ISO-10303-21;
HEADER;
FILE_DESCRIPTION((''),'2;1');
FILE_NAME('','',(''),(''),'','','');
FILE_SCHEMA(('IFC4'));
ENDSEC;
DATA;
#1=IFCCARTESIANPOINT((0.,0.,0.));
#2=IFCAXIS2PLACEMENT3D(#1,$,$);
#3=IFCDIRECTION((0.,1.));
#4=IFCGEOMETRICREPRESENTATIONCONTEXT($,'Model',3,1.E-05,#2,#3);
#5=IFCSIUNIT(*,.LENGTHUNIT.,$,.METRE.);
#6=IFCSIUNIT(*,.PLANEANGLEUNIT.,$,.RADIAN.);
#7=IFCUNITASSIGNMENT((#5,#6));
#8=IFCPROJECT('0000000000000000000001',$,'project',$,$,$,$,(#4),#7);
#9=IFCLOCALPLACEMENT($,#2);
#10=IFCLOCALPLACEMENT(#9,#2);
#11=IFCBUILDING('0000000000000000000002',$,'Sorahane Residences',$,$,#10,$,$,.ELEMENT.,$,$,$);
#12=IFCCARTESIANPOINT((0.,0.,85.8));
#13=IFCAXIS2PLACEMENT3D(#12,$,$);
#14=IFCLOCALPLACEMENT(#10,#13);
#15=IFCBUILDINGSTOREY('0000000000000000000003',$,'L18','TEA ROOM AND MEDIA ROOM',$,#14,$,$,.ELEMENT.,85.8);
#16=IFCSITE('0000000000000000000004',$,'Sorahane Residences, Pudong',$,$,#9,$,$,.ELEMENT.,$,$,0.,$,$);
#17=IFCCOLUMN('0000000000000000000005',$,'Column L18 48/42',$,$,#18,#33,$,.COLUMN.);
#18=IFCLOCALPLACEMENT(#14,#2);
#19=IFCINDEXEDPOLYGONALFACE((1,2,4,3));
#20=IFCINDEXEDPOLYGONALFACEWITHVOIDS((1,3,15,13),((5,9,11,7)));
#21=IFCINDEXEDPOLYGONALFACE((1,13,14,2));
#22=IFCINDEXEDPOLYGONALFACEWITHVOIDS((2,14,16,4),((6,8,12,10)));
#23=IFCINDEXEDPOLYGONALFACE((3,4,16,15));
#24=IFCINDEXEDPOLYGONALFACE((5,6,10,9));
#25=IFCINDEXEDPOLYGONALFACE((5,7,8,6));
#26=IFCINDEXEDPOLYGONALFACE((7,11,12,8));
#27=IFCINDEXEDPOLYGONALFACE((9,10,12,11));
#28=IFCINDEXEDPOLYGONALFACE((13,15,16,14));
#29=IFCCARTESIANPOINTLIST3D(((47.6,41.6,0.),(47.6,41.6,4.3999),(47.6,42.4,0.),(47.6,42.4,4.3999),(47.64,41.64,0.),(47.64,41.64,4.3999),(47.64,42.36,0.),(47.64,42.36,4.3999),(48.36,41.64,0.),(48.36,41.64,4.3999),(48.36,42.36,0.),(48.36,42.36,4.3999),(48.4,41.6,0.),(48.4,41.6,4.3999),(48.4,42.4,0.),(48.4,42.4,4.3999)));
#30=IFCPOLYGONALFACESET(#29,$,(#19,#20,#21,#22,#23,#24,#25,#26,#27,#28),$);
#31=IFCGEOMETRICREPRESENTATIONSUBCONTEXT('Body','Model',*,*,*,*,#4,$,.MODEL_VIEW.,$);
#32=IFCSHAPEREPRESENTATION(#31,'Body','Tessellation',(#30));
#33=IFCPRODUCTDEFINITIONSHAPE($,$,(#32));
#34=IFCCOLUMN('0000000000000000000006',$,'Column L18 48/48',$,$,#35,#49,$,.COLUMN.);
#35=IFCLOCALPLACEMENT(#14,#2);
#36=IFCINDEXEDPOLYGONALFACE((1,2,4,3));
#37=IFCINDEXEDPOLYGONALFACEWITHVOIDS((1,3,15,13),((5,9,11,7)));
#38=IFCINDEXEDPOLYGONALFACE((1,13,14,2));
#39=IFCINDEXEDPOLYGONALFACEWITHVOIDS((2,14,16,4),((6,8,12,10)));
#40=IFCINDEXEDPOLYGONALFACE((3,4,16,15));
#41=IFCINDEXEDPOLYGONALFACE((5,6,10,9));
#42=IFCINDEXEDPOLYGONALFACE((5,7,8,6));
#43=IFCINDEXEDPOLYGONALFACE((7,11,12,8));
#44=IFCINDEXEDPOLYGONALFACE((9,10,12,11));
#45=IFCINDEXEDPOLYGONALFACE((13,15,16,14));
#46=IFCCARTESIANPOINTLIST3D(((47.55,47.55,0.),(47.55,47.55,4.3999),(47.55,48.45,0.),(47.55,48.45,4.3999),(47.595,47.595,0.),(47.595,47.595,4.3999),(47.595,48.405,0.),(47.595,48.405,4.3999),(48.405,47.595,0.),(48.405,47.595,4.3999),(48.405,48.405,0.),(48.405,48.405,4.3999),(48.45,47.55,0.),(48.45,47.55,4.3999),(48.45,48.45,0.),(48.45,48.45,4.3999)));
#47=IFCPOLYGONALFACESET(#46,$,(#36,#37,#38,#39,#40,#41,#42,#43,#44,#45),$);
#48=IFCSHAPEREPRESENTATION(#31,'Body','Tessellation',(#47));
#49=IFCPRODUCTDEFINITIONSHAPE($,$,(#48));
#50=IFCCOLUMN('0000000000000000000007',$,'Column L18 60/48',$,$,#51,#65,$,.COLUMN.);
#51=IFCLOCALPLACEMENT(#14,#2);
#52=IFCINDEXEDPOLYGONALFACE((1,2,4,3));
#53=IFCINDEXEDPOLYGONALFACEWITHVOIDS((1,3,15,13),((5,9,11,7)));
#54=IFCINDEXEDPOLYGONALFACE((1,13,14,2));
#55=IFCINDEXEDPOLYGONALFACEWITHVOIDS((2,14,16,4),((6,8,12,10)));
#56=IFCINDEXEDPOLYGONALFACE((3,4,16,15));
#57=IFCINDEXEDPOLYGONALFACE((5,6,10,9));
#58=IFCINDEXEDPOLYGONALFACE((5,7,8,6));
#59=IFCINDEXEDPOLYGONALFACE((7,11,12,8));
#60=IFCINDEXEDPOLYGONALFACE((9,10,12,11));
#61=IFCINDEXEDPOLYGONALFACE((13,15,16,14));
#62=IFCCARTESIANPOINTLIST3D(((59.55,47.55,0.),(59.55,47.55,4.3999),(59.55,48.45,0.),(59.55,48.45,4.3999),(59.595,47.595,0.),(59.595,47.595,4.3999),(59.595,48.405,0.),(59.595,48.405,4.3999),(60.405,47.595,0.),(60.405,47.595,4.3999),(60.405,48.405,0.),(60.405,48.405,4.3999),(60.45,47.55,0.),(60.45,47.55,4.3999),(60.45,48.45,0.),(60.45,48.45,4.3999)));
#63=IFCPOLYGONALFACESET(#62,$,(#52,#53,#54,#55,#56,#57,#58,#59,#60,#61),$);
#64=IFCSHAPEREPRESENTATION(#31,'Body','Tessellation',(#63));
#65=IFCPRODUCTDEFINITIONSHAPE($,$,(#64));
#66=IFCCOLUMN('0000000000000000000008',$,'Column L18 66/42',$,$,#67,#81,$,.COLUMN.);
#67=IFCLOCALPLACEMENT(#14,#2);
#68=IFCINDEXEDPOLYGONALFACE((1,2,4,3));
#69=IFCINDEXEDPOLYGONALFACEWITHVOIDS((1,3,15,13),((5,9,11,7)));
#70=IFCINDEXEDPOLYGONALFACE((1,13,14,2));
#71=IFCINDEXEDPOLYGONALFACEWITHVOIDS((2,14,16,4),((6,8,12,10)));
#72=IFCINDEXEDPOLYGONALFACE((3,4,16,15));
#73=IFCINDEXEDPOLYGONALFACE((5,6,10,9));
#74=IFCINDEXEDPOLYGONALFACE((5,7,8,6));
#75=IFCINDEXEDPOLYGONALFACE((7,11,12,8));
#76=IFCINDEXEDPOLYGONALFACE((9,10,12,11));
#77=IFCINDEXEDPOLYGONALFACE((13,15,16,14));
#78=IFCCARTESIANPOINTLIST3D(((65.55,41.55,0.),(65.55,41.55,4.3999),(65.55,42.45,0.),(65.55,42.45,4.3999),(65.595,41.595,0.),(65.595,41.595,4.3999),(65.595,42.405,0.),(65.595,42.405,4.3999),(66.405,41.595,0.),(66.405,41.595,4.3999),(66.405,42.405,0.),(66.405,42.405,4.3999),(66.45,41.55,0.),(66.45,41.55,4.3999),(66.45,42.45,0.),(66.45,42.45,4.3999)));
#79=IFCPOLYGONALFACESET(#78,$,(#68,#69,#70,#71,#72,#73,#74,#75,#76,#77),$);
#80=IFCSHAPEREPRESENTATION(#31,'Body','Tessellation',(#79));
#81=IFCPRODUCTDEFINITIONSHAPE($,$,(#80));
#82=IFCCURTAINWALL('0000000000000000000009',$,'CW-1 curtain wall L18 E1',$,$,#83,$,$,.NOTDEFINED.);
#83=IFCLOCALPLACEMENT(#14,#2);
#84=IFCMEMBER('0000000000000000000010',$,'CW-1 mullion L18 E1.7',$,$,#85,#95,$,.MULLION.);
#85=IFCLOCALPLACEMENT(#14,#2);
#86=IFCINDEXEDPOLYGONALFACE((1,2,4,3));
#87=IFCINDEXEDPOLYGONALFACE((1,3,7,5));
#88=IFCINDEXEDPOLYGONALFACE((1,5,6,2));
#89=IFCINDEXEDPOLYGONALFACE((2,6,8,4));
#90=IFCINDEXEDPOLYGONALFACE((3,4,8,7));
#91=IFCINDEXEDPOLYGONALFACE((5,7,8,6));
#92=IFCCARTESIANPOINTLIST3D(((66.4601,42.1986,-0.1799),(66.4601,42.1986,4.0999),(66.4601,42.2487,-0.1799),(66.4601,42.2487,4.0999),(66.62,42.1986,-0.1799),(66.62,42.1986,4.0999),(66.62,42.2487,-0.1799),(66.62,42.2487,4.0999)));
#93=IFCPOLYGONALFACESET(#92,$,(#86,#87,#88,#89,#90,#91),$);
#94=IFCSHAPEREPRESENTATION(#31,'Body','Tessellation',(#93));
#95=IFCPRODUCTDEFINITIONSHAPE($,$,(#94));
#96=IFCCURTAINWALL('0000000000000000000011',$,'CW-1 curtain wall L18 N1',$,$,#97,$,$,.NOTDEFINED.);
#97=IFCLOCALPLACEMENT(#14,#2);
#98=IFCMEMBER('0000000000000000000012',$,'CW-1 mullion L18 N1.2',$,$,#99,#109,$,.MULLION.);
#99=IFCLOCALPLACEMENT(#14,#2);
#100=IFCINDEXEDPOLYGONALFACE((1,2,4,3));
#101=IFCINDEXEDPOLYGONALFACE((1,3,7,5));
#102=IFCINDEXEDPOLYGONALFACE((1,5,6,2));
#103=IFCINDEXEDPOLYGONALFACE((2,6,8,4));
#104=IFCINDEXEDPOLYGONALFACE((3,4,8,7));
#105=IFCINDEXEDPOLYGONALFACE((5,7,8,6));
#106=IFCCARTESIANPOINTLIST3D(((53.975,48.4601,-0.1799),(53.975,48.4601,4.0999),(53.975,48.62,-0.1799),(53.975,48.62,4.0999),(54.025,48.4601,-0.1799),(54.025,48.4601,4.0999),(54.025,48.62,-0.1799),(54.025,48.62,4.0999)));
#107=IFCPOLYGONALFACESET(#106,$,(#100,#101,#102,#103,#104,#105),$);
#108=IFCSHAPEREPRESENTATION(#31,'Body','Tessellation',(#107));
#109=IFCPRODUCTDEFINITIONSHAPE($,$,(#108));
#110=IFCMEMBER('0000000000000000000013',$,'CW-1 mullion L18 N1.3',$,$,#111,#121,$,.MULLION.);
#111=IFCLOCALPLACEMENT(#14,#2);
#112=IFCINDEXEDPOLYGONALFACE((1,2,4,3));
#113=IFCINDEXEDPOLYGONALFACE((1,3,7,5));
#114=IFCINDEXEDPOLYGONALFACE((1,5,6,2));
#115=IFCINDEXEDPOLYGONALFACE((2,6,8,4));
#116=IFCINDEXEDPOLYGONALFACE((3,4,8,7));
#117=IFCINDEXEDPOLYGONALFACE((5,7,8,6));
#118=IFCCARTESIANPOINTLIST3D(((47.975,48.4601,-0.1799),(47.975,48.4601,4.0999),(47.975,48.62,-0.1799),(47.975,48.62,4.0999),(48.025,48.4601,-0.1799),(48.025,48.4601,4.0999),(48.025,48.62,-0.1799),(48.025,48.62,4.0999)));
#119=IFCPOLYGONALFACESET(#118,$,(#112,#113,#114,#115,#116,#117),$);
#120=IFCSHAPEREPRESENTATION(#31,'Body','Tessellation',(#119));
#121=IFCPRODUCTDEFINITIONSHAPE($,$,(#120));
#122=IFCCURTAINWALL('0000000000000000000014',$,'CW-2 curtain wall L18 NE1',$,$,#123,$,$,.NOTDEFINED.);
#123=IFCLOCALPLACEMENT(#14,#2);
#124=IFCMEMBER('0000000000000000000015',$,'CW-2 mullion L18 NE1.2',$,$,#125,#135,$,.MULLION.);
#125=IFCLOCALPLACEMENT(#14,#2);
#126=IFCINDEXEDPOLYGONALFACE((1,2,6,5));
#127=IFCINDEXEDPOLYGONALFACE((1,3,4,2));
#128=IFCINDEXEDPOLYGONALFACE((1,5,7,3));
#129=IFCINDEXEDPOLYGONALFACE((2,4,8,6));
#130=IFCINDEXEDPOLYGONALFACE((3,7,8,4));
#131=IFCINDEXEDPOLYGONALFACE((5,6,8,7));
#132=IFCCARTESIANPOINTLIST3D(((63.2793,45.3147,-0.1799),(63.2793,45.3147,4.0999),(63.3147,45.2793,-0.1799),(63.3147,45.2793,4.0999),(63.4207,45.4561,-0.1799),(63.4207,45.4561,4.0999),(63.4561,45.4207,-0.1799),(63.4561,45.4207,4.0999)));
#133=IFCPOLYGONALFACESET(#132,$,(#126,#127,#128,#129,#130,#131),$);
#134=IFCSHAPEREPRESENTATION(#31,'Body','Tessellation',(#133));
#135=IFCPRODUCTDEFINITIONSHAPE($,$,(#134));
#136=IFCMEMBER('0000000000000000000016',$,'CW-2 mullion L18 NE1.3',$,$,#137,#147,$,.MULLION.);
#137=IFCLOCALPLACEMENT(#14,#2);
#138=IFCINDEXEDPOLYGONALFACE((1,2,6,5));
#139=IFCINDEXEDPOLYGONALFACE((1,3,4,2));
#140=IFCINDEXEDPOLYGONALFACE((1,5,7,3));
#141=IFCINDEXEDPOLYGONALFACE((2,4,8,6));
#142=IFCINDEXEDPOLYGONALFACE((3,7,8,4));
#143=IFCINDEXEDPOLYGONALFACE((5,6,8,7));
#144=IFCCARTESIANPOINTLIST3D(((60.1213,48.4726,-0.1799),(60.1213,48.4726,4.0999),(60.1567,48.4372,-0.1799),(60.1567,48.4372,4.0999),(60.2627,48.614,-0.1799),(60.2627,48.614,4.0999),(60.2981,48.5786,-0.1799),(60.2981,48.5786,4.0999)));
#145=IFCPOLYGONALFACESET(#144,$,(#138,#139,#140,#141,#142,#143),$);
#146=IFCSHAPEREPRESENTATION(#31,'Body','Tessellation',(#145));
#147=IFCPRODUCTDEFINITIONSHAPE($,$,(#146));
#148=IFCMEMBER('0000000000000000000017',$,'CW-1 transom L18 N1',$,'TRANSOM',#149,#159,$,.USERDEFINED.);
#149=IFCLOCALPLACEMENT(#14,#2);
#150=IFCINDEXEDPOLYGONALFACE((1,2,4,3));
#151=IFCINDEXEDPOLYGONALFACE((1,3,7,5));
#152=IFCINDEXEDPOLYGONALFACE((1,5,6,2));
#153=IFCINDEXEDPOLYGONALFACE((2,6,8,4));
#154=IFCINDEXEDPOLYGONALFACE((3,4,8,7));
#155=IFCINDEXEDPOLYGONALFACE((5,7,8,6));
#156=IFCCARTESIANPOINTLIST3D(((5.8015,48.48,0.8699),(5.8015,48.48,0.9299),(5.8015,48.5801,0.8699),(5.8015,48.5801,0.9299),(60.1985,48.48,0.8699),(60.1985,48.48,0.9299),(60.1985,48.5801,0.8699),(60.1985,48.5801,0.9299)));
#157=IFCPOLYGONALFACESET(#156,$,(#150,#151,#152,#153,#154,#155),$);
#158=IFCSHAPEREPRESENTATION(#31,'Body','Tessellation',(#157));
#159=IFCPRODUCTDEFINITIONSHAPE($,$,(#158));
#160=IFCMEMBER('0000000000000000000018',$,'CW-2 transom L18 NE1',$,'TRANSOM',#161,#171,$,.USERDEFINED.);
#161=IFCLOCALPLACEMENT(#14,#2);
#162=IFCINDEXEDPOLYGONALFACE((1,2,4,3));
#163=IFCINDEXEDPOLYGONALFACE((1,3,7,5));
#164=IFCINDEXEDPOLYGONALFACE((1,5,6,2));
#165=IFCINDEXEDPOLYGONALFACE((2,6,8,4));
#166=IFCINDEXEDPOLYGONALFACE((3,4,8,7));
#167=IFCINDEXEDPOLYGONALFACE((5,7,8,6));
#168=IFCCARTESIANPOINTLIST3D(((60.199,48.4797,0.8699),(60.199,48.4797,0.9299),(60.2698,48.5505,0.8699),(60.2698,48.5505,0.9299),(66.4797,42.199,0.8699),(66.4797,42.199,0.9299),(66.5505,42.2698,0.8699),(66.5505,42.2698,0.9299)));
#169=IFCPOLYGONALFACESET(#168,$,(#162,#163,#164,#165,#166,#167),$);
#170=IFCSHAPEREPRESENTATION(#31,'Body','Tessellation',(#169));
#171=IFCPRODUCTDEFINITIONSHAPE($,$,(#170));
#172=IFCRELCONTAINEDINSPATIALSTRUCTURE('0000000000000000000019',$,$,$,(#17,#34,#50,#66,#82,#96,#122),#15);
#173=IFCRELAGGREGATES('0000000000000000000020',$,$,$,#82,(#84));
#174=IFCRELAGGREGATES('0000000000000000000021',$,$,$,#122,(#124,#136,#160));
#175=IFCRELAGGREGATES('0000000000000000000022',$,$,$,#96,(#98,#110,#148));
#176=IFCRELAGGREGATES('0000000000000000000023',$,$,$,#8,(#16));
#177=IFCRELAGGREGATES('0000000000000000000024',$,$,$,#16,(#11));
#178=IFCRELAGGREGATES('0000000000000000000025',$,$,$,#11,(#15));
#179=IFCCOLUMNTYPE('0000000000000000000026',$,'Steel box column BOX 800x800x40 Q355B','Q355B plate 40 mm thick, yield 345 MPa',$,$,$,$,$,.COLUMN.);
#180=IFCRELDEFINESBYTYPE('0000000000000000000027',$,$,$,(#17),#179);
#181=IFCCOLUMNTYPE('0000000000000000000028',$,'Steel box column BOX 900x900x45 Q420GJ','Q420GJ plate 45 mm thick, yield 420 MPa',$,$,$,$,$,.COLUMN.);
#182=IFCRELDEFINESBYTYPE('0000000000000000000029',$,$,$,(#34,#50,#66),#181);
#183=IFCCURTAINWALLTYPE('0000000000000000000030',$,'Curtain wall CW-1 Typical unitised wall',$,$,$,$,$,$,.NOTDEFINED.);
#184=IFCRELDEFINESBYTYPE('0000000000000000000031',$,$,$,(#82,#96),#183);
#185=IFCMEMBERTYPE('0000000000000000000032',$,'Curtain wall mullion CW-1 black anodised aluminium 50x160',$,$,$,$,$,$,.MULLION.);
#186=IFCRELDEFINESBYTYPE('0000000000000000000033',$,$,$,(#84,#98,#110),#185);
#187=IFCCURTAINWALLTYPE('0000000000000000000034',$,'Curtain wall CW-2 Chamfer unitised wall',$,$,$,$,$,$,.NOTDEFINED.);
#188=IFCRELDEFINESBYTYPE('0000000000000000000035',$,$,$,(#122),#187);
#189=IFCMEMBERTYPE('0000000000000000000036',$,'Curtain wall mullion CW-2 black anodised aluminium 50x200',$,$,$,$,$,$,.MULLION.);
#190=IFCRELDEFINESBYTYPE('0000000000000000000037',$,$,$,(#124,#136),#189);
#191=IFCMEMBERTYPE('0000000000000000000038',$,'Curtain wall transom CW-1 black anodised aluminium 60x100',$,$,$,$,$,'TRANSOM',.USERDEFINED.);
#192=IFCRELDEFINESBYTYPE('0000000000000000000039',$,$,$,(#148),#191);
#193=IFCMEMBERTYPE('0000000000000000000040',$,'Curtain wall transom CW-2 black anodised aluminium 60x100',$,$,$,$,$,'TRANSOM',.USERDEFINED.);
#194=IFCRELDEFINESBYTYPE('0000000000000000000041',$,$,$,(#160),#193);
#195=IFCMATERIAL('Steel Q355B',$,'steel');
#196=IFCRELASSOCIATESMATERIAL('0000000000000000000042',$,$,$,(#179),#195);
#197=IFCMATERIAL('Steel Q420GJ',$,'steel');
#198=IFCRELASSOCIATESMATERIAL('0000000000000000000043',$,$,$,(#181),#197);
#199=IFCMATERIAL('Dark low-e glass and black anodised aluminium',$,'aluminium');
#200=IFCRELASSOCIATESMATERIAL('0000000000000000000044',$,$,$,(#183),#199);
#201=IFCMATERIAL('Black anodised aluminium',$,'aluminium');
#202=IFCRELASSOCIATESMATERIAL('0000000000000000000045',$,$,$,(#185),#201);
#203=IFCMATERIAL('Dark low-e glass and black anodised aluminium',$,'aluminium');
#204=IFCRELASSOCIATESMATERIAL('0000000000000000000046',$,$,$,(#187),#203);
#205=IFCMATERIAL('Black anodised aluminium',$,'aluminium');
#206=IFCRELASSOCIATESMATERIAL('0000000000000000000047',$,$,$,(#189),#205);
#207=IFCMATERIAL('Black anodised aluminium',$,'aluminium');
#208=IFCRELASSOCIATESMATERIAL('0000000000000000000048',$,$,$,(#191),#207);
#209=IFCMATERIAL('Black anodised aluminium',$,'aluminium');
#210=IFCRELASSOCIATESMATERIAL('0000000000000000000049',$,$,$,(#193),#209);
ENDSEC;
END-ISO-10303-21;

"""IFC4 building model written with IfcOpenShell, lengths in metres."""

from ifc_helpers import new_model, si_unit, direction, frame, origin, origin_2d, place, context, subcontext, project, spatial, rectangle, hollow_rectangle, extrude, material, material_profile, profile_set, type_object, element, aggregate, save


model = new_model("IFC4")

# Units and contexts
model_context = context("Model", 3, precision=1e-05, world=origin(), true_north=direction((0.0, 1.0)))
body_context = subcontext(model_context, "Body", "Model", "MODEL_VIEW")
ifc_project = project(units=[si_unit("LENGTHUNIT", "METRE"), si_unit("PLANEANGLEUNIT", "RADIAN")], contexts=[model_context])

# Site, building, storey
site_placement = place(None, origin())
site = spatial("IfcSite", under=ifc_project, at=site_placement, Name="Sorahane Residences, Pudong", CompositionType="ELEMENT", RefElevation=0.0)
building_placement = place(site_placement, origin())
building = spatial("IfcBuilding", under=site, at=building_placement, Name="Sorahane Residences", CompositionType="ELEMENT")
storey_placement = place(building_placement, frame((0.0, 0.0, 85.8)))
storey = spatial("IfcBuildingStorey", under=building, at=storey_placement, Name="L18", Description="TEA ROOM AND MEDIA ROOM", CompositionType="ELEMENT", Elevation=85.8)

# Columns
ifc_material_1 = material(Name="Steel Q355B", Category="steel")
ifc_material_profile_1 = material_profile(ifc_material_1, hollow_rectangle(XDim=0.8, YDim=0.8, WallThickness=0.04, at=origin_2d()), Name="BOX 800x800x40")
ifc_profile_set_1 = profile_set([ifc_material_profile_1], Name="Steel Q355B")
column_type_1 = type_object("IfcColumnType", Name="Steel box column BOX 800x800x40 Q355B", Description="Q355B plate 40 mm thick, yield 345 MPa", PredefinedType="COLUMN", material=ifc_profile_set_1)
column_placement = place(storey_placement, frame((48.0, 42.0, 0.0), z_axis=(0.0, 0.0, 1.0), x_axis=(1.0, 0.0, 0.0)))
element("IfcColumn", 1, at=column_placement, inside=storey, type_object=column_type_1, Name="Column L18 48/42", PredefinedType="COLUMN", context=body_context, shape_type="SweptSolid", body=[
    extrude(hollow_rectangle(XDim=0.8, YDim=0.8, WallThickness=0.04, at=origin_2d()), origin(), (0.0, 0.0, 1.0), 4.3999),
])
ifc_material_2 = material(Name="Steel Q420GJ", Category="steel")
ifc_material_profile_2 = material_profile(ifc_material_2, hollow_rectangle(XDim=0.8999, YDim=0.8999, WallThickness=0.0449, at=origin_2d()), Name="BOX 900x900x45")
ifc_profile_set_2 = profile_set([ifc_material_profile_2], Name="Steel Q420GJ")
column_type_2 = type_object("IfcColumnType", Name="Steel box column BOX 900x900x45 Q420GJ", Description="Q420GJ plate 45 mm thick, yield 420 MPa", PredefinedType="COLUMN", material=ifc_profile_set_2)
for number, where, z_axis, x_axis, name in (
    (2, (48.0, 48.0, 0.0), (0.0, 0.0, 1.0), (1.0, 0.0, 0.0), "Column L18 48/48"),
    (3, (60.0, 48.0, 0.0), (0.0, 0.0, 1.0), (1.0, 0.0, 0.0), "Column L18 60/48"),
    (4, (66.0, 42.0, 0.0), (0.0, 0.0, 1.0), (1.0, 0.0, 0.0), "Column L18 66/42"),
):
    element("IfcColumn", number, at=place(storey_placement, frame(where, z_axis=z_axis, x_axis=x_axis)), inside=storey, type_object=column_type_2, Name=name, PredefinedType="COLUMN", context=body_context, shape_type="SweptSolid", body=[
        extrude(hollow_rectangle(XDim=0.8999, YDim=0.8999, WallThickness=0.0449, at=origin_2d()), origin(), (0.0, 0.0, 1.0), 4.3999),
    ])

# Curtain wall, member
ifc_material_3 = material(Name="Dark low-e glass and black anodised aluminium", Category="aluminium")
curtain_wall_type_1 = type_object("IfcCurtainWallType", Name="Curtain wall CW-1 Typical unitised wall", PredefinedType="NOTDEFINED", material=ifc_material_3)
curtain_wall_1_placement = place(storey_placement, origin())
curtain_wall_1 = element("IfcCurtainWall", 5, at=curtain_wall_1_placement, inside=storey, type_object=curtain_wall_type_1, Name="CW-1 curtain wall L18 E1", PredefinedType="NOTDEFINED")
ifc_material_4 = material(Name="Black anodised aluminium", Category="aluminium")
ifc_material_profile_3 = material_profile(ifc_material_4, rectangle(XDim=0.1599, YDim=0.05, at=origin_2d()), Name="Curtain wall mullion CW-1 black anodised aluminium 50x160")
ifc_profile_set_3 = profile_set([ifc_material_profile_3], Name="Black anodised aluminium")
member_type_1 = type_object("IfcMemberType", Name="Curtain wall mullion CW-1 black anodised aluminium 50x160", PredefinedType="MULLION", material=ifc_profile_set_3)
member_1_placement = place(storey_placement, frame((66.54, 42.2236, -0.1799), z_axis=(0.0, 0.0, 1.0), x_axis=(1.0, 0.0, 0.0)))
member_1 = element("IfcMember", 6, at=member_1_placement, type_object=member_type_1, Name="CW-1 mullion L18 E1.7", PredefinedType="MULLION", context=body_context, shape_type="SweptSolid", body=[
    extrude(rectangle(XDim=0.1599, YDim=0.05, at=origin_2d()), origin(), (0.0, 0.0, 1.0), 4.2798),
])

# Curtain walls, members
curtain_wall_2_placement = place(storey_placement, origin())
curtain_wall_2 = element("IfcCurtainWall", 7, at=curtain_wall_2_placement, inside=storey, type_object=curtain_wall_type_1, Name="CW-1 curtain wall L18 N1", PredefinedType="NOTDEFINED")
member_2_placement = place(storey_placement, frame((54.0, 48.54, -0.1799), z_axis=(0.0, 0.0, 1.0), x_axis=(0.0, 1.0, 0.0)))
member_2 = element("IfcMember", 8, at=member_2_placement, type_object=member_type_1, Name="CW-1 mullion L18 N1.2", PredefinedType="MULLION", context=body_context, shape_type="SweptSolid", body=[
    extrude(rectangle(XDim=0.1599, YDim=0.05, at=origin_2d()), origin(), (0.0, 0.0, 1.0), 4.2798),
])
member_3_placement = place(storey_placement, frame((48.0, 48.54, -0.1799), z_axis=(0.0, 0.0, 1.0), x_axis=(0.0, 1.0, 0.0)))
member_3 = element("IfcMember", 9, at=member_3_placement, type_object=member_type_1, Name="CW-1 mullion L18 N1.3", PredefinedType="MULLION", context=body_context, shape_type="SweptSolid", body=[
    extrude(rectangle(XDim=0.1599, YDim=0.05, at=origin_2d()), origin(), (0.0, 0.0, 1.0), 4.2798),
])
ifc_material_5 = material(Name="Dark low-e glass and black anodised aluminium", Category="aluminium")
curtain_wall_type_2 = type_object("IfcCurtainWallType", Name="Curtain wall CW-2 Chamfer unitised wall", PredefinedType="NOTDEFINED", material=ifc_material_5)
curtain_wall_3_placement = place(storey_placement, origin())
curtain_wall_3 = element("IfcCurtainWall", 10, at=curtain_wall_3_placement, inside=storey, type_object=curtain_wall_type_2, Name="CW-2 curtain wall L18 NE1", PredefinedType="NOTDEFINED")
ifc_material_6 = material(Name="Black anodised aluminium", Category="aluminium")
ifc_material_profile_4 = material_profile(ifc_material_6, rectangle(XDim=0.2, YDim=0.05, at=origin_2d()), Name="Curtain wall mullion CW-2 black anodised aluminium 50x200")
ifc_profile_set_4 = profile_set([ifc_material_profile_4], Name="Black anodised aluminium")
member_type_2 = type_object("IfcMemberType", Name="Curtain wall mullion CW-2 black anodised aluminium 50x200", PredefinedType="MULLION", material=ifc_profile_set_4)
member_4_placement = place(storey_placement, frame((63.3677, 45.3677, -0.1799), z_axis=(0.0, 0.0, 1.0), x_axis=(0.707107, 0.707107, 0.0)))
member_4 = element("IfcMember", 11, at=member_4_placement, type_object=member_type_2, Name="CW-2 mullion L18 NE1.2", PredefinedType="MULLION", context=body_context, shape_type="SweptSolid", body=[
    extrude(rectangle(XDim=0.2, YDim=0.05, at=origin_2d()), origin(), (0.0, 0.0, 1.0), 4.2798),
])
member_5_placement = place(storey_placement, frame((60.2097, 48.5256, -0.1799), z_axis=(0.0, 0.0, 1.0), x_axis=(0.707107, 0.707107, 0.0)))
member_5 = element("IfcMember", 12, at=member_5_placement, type_object=member_type_2, Name="CW-2 mullion L18 NE1.3", PredefinedType="MULLION", context=body_context, shape_type="SweptSolid", body=[
    extrude(rectangle(XDim=0.2, YDim=0.05, at=origin_2d()), origin(), (0.0, 0.0, 1.0), 4.2798),
])

# Members
ifc_material_7 = material(Name="Black anodised aluminium", Category="aluminium")
ifc_material_profile_5 = material_profile(ifc_material_7, rectangle(XDim=0.1001, YDim=0.0601, at=origin_2d()), Name="Curtain wall transom CW-1 black anodised aluminium 60x100")
ifc_profile_set_5 = profile_set([ifc_material_profile_5], Name="Black anodised aluminium")
member_type_3 = type_object("IfcMemberType", Name="Curtain wall transom CW-1 black anodised aluminium 60x100", ElementType="TRANSOM", PredefinedType="USERDEFINED", material=ifc_profile_set_5)
member_6_placement = place(storey_placement, frame((60.1985, 48.53, 0.8999), z_axis=(-1.0, 0.0, 0.0), x_axis=(0.0, -1.0, 0.0)))
member_6 = element("IfcMember", 13, at=member_6_placement, type_object=member_type_3, Name="CW-1 transom L18 N1", ObjectType="TRANSOM", PredefinedType="USERDEFINED", context=body_context, shape_type="SweptSolid", body=[
    extrude(rectangle(XDim=0.1001, YDim=0.0601, at=origin_2d()), origin(), (0.0, 0.0, 1.0), 54.397),
])
ifc_material_8 = material(Name="Black anodised aluminium", Category="aluminium")
ifc_material_profile_6 = material_profile(ifc_material_8, rectangle(XDim=0.1001, YDim=0.0601, at=origin_2d()), Name="Curtain wall transom CW-2 black anodised aluminium 60x100")
ifc_profile_set_6 = profile_set([ifc_material_profile_6], Name="Black anodised aluminium")
member_type_4 = type_object("IfcMemberType", Name="Curtain wall transom CW-2 black anodised aluminium 60x100", ElementType="TRANSOM", PredefinedType="USERDEFINED", material=ifc_profile_set_6)
member_7_placement = place(storey_placement, frame((66.5151, 42.2344, 0.8999), z_axis=(-0.707107, 0.707107, 0.0), x_axis=(-0.707107, -0.707107, 0.0)))
member_7 = element("IfcMember", 14, at=member_7_placement, type_object=member_type_4, Name="CW-2 transom L18 NE1", ObjectType="TRANSOM", PredefinedType="USERDEFINED", context=body_context, shape_type="SweptSolid", body=[
    extrude(rectangle(XDim=0.1001, YDim=0.0601, at=origin_2d()), origin(), (0.0, 0.0, 1.0), 8.8823),
])

aggregate(curtain_wall_1, [member_1])
aggregate(curtain_wall_3, [member_4, member_5, member_7])
aggregate(curtain_wall_2, [member_2, member_3, member_6])

save(model, "model.ifc")
